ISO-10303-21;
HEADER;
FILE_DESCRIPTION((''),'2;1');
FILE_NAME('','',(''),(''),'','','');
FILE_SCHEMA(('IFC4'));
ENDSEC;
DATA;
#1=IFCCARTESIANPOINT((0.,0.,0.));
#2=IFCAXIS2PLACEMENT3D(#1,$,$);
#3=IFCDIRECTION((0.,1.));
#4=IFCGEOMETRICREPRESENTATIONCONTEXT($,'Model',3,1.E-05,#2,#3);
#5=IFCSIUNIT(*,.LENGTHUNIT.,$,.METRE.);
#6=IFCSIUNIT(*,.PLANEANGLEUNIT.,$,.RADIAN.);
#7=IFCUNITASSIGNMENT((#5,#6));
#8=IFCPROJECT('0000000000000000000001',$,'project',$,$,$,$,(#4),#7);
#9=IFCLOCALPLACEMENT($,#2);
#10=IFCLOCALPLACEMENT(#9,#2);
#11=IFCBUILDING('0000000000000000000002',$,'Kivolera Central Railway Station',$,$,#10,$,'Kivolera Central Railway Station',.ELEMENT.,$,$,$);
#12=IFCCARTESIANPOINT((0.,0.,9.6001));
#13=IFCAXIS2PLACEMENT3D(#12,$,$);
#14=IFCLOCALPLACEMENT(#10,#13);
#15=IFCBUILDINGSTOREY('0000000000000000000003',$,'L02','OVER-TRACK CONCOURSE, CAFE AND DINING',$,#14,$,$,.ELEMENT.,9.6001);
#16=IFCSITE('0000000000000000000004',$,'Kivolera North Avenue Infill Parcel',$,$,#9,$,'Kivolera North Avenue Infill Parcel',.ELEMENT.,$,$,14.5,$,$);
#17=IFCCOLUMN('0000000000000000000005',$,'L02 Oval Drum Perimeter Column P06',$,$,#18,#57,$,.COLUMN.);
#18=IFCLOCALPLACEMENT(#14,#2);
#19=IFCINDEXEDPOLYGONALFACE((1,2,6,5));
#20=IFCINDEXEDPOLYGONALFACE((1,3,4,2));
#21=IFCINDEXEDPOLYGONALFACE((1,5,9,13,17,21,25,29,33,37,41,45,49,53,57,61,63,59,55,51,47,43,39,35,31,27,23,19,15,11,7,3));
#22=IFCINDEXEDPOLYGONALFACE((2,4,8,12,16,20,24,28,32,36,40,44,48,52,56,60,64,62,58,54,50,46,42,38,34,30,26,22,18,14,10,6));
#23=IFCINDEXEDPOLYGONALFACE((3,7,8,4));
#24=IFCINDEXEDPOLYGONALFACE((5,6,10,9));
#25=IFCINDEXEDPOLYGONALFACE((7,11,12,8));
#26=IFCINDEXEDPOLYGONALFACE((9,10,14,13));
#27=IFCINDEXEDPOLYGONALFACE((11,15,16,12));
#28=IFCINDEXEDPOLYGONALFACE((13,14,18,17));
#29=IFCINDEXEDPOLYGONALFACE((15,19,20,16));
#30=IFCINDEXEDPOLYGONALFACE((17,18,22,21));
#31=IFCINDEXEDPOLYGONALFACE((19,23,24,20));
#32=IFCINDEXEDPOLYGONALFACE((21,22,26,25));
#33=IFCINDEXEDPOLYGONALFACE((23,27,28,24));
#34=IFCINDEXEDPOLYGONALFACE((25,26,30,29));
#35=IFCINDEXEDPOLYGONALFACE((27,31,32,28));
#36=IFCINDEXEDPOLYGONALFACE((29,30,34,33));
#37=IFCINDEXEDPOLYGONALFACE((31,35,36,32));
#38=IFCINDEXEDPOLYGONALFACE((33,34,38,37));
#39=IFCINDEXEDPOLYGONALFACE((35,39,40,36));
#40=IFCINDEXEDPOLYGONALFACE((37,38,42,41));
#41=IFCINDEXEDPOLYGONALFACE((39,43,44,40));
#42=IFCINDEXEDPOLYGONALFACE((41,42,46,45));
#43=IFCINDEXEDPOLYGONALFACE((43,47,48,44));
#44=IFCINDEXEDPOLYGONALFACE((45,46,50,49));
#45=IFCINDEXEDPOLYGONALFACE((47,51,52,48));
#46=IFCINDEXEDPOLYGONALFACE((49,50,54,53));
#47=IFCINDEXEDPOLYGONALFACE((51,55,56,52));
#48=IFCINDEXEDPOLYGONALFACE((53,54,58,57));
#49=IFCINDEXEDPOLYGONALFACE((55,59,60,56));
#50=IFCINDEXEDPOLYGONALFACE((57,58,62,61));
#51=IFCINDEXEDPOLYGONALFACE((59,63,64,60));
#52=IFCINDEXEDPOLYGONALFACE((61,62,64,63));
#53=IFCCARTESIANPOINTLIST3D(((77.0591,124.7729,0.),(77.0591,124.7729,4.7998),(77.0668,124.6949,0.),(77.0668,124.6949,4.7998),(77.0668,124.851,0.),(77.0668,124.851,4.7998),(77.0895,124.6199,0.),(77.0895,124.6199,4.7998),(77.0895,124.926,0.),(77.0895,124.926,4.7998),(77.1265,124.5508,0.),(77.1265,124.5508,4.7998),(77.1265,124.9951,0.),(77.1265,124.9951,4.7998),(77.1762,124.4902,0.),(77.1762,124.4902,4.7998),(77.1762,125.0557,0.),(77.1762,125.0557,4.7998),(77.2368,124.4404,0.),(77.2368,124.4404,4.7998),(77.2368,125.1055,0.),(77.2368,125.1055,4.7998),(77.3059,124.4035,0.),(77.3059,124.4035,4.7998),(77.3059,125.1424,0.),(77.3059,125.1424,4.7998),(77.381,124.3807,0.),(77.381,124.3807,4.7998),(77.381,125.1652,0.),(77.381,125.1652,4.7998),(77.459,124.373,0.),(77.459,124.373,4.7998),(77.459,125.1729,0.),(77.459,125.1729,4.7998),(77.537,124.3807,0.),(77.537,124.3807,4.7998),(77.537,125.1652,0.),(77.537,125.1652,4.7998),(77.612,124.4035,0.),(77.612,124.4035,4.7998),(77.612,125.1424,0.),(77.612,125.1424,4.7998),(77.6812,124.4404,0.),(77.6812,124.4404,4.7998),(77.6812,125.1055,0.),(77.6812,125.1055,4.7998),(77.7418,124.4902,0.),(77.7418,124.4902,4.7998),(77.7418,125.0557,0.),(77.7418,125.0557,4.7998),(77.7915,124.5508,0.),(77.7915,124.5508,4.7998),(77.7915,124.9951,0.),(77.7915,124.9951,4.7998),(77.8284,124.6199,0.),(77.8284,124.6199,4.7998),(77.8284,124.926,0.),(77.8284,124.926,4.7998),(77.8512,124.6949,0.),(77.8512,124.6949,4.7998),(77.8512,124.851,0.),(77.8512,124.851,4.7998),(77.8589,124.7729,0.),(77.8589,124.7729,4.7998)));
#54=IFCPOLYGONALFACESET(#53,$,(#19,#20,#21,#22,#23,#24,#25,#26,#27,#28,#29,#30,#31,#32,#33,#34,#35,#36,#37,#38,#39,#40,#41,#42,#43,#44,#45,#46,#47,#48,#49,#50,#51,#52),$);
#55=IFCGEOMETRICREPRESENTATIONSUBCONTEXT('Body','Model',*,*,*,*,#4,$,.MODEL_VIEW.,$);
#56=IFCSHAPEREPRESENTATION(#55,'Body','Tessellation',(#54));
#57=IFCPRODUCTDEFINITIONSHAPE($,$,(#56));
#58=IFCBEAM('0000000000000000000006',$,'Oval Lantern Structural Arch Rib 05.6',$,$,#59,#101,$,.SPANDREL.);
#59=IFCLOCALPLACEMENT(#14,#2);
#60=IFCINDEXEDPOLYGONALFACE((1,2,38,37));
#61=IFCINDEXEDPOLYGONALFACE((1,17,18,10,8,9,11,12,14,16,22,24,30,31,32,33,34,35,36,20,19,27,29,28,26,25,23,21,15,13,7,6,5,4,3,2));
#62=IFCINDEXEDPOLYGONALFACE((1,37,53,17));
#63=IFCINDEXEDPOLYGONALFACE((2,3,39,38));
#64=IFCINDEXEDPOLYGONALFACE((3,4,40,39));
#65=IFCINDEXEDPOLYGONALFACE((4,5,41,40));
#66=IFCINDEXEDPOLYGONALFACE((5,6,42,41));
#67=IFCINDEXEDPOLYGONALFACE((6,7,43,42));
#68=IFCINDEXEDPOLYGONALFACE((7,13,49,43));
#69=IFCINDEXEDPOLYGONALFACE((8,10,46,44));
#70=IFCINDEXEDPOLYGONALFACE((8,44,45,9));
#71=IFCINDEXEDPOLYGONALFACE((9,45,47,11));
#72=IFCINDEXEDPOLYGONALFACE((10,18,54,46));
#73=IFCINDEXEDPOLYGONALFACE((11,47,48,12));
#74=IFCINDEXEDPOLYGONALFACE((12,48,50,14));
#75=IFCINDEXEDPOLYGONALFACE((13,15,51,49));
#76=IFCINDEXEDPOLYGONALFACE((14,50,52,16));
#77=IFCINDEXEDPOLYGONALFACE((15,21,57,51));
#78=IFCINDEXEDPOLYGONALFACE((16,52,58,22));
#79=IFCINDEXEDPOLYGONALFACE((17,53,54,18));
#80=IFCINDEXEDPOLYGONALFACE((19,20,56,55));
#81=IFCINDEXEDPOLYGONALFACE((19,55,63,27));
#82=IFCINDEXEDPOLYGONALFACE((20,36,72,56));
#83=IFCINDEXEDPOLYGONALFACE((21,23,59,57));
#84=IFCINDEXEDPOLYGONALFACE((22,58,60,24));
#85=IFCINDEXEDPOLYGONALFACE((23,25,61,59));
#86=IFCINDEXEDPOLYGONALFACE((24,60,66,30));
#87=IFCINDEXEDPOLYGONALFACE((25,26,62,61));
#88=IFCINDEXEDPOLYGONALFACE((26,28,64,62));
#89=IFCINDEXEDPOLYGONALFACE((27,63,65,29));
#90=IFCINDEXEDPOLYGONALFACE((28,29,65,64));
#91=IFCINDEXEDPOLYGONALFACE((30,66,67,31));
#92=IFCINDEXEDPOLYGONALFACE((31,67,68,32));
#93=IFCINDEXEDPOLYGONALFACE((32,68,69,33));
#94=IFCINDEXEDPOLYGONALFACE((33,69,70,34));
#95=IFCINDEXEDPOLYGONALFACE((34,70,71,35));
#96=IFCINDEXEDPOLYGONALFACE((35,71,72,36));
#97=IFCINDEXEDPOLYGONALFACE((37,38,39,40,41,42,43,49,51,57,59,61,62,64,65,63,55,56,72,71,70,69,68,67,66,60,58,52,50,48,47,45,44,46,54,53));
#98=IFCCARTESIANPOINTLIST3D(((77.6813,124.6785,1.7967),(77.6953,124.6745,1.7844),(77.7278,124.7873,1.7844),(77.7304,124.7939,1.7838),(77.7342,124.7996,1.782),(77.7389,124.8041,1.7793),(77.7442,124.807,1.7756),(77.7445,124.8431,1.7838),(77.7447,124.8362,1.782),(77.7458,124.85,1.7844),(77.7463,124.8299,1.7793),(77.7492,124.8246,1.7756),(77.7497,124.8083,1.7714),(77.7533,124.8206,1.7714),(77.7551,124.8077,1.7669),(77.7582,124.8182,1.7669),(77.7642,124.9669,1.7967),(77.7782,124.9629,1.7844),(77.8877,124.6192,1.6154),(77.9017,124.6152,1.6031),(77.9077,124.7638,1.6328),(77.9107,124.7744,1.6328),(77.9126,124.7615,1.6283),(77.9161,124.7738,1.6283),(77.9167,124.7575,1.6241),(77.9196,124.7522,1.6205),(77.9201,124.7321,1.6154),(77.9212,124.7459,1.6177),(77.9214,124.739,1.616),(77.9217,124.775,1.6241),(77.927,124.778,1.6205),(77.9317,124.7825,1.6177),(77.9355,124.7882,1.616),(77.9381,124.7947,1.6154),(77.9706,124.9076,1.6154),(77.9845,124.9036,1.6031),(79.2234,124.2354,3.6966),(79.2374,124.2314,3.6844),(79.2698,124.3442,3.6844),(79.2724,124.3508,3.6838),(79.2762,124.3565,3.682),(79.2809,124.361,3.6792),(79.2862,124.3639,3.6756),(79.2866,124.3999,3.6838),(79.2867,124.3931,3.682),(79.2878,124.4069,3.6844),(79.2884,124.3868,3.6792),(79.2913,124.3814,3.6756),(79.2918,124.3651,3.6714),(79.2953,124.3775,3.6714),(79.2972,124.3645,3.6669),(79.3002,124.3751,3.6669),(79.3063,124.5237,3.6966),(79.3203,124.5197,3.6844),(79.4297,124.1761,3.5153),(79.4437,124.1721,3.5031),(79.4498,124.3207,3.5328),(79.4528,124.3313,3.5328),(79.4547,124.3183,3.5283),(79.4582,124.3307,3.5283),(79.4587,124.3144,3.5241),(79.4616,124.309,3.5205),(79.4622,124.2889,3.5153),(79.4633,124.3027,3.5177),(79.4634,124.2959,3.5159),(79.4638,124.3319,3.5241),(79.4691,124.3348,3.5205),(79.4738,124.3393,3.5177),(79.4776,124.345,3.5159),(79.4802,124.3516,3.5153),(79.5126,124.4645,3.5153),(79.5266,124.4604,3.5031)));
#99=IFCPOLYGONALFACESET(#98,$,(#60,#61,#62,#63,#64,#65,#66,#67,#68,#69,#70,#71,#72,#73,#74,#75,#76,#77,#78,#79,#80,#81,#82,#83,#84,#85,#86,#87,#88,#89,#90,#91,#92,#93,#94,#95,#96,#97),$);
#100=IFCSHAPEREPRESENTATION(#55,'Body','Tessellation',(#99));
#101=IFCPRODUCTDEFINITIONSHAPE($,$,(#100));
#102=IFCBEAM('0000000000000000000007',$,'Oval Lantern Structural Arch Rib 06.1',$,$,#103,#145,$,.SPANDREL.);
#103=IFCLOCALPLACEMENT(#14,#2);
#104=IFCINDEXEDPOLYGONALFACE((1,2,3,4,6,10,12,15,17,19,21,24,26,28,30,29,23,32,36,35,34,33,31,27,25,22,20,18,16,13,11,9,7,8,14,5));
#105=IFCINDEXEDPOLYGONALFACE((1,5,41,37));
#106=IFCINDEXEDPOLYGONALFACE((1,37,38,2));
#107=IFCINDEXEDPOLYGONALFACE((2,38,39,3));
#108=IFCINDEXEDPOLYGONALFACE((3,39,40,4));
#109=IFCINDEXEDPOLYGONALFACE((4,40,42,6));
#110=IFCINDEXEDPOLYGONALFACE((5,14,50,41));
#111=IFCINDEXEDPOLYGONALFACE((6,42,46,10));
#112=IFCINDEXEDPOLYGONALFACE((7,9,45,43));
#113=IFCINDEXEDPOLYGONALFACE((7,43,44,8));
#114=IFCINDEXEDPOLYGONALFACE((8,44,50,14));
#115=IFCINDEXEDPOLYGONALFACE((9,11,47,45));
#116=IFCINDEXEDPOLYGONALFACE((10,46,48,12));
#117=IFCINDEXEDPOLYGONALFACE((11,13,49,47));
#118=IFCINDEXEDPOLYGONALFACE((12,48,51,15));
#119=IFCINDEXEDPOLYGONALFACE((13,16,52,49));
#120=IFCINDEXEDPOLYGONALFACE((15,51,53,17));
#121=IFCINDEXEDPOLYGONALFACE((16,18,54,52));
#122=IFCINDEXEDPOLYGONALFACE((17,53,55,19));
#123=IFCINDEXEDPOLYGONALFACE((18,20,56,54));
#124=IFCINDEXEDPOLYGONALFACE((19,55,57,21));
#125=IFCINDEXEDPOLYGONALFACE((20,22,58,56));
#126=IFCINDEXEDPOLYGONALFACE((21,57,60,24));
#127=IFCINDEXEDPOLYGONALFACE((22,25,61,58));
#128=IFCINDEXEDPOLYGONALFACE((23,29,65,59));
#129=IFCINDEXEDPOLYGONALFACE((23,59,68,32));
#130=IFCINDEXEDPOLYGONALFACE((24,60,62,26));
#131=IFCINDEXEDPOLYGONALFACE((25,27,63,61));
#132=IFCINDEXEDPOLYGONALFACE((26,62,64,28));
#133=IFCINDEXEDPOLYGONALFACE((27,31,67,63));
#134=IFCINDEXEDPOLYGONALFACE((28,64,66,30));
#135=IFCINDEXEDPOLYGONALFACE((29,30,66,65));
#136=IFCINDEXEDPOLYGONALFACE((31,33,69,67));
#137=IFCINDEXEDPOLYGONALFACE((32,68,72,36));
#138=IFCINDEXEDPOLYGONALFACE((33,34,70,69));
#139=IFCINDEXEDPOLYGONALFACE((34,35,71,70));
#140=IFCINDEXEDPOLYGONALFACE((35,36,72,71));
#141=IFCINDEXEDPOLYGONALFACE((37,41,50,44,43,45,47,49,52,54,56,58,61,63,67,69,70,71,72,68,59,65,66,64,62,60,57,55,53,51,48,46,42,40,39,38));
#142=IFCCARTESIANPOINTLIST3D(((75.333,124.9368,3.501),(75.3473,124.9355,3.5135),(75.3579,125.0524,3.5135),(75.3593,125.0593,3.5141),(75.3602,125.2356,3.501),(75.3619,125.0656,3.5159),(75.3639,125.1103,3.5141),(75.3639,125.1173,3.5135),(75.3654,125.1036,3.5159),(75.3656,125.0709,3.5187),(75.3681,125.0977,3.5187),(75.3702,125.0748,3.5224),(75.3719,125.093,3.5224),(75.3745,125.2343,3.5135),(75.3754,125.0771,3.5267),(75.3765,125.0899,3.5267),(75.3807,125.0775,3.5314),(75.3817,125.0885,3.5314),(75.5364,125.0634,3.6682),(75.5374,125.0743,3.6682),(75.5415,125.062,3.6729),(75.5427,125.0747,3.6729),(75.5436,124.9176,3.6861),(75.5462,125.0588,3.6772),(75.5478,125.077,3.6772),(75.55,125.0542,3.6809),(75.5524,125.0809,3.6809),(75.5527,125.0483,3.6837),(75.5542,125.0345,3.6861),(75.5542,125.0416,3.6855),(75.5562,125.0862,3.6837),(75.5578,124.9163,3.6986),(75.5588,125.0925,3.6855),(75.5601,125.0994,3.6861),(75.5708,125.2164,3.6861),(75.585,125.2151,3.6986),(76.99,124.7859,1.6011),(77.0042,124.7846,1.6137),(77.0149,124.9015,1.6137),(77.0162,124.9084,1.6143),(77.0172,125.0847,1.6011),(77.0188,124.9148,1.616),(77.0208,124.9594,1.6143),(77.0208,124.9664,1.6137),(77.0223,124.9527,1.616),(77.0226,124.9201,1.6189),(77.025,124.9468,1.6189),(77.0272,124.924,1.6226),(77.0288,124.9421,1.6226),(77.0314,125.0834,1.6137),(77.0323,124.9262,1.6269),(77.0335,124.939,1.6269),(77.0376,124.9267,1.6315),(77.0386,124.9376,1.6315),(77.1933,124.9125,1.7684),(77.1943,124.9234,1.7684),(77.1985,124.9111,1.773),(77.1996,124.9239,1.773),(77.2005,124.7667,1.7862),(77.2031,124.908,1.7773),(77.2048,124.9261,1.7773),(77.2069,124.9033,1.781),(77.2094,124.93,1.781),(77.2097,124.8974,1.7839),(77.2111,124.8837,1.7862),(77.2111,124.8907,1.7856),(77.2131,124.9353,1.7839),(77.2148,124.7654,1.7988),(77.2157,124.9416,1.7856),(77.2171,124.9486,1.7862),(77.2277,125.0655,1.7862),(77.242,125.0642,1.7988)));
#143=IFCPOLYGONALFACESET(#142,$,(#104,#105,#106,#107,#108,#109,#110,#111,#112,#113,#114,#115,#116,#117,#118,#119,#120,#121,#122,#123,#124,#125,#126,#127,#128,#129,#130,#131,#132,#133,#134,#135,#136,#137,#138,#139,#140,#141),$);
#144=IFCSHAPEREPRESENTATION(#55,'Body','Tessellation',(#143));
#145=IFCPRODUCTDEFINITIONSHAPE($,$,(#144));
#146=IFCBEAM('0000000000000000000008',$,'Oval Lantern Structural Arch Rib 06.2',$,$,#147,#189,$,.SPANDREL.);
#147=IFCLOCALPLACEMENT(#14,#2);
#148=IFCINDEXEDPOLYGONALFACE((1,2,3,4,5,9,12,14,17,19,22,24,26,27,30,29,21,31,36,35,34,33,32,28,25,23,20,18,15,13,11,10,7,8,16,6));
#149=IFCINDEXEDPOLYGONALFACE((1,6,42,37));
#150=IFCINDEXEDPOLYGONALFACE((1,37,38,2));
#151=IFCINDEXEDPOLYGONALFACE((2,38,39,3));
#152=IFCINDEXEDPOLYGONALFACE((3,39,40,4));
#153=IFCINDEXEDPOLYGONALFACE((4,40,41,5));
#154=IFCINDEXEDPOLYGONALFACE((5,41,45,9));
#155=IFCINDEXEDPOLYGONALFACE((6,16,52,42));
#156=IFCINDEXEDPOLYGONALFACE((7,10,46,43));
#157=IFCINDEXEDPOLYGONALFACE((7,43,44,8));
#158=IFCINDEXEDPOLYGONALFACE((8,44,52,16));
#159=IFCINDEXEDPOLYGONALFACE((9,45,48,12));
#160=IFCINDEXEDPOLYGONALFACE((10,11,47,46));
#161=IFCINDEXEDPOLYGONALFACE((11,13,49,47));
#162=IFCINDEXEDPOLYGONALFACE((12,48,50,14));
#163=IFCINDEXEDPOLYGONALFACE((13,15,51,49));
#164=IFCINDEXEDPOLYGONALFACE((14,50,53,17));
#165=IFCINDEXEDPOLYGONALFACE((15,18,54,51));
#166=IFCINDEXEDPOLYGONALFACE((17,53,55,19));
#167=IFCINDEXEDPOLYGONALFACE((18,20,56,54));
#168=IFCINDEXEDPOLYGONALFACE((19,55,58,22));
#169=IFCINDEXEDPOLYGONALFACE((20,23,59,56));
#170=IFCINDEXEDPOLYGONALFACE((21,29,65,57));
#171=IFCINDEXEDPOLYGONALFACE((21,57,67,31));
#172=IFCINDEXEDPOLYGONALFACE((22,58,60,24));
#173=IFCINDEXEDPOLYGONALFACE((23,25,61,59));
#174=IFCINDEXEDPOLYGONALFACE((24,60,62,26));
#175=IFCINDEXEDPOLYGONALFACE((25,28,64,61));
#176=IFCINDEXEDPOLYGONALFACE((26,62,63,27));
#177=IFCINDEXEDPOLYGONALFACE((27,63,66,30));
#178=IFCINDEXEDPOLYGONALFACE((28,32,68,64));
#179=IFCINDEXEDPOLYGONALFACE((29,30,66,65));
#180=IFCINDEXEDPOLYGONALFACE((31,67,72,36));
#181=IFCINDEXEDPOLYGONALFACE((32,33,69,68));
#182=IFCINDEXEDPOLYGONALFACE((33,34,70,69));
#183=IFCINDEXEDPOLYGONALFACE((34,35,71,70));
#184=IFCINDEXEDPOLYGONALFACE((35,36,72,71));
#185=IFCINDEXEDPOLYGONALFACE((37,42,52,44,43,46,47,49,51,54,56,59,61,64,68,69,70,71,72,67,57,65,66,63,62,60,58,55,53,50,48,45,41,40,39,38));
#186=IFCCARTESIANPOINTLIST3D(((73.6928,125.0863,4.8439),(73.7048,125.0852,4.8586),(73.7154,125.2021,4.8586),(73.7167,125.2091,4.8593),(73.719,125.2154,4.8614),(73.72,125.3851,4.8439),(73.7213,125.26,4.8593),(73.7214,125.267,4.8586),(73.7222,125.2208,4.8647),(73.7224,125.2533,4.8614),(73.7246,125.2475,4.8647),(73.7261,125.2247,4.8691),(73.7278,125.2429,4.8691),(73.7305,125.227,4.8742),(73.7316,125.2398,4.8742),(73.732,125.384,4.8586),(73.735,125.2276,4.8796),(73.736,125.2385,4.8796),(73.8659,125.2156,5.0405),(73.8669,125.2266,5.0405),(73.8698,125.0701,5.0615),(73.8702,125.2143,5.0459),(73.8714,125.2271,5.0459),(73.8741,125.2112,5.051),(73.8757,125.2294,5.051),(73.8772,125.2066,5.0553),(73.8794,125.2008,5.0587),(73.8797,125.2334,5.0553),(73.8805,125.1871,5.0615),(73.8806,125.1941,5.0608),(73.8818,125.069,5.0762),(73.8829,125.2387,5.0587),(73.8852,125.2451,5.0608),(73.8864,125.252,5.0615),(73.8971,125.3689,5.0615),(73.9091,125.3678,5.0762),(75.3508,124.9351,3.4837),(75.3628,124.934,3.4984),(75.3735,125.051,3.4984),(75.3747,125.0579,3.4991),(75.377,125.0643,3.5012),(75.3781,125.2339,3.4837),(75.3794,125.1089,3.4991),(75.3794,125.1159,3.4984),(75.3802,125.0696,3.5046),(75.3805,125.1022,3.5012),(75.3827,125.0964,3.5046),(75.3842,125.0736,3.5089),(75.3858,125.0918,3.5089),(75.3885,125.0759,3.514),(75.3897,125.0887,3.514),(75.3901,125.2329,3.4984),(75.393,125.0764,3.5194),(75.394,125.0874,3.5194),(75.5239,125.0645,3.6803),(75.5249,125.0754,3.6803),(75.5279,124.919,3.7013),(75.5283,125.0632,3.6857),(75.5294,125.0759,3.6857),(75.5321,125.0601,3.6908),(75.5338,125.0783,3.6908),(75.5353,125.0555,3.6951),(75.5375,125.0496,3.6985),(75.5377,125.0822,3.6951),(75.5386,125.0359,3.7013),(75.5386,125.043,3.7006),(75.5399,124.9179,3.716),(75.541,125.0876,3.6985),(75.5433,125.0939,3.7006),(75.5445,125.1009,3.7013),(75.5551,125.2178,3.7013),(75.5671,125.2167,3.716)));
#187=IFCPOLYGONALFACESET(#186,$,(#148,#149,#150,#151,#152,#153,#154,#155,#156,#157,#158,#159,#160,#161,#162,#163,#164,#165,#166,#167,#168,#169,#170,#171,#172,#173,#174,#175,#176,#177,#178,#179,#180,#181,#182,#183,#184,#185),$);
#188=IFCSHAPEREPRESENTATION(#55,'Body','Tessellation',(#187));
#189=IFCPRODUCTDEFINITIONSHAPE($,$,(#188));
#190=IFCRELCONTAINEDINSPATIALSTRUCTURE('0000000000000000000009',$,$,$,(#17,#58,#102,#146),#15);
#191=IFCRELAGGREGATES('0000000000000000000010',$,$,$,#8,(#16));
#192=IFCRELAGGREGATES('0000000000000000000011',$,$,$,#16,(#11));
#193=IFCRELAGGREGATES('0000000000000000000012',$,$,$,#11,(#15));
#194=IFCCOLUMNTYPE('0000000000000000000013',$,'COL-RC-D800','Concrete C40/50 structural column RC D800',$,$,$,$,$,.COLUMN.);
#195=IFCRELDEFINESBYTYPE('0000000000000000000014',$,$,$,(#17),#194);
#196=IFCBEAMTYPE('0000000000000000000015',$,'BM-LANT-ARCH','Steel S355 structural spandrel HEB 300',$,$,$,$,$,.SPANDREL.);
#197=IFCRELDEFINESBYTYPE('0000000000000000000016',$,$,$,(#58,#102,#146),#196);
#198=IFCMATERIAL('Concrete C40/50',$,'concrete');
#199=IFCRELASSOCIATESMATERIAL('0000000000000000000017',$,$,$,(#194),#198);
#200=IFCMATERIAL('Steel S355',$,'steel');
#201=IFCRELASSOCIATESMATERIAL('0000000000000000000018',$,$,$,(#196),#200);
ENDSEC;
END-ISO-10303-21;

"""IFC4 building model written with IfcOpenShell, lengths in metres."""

from ifc_helpers import new_model, si_unit, direction, frame, origin, origin_2d, place, context, subcontext, project, spatial, circle, i_section, extrude, material, material_profile, profile_set, type_object, element, save


model = new_model("IFC4")

# Units and contexts
model_context = context("Model", 3, precision=1e-05, world=origin(), true_north=direction((0.0, 1.0)))
body_context = subcontext(model_context, "Body", "Model", "MODEL_VIEW")
ifc_project = project(units=[si_unit("LENGTHUNIT", "METRE"), si_unit("PLANEANGLEUNIT", "RADIAN")], contexts=[model_context])

# Site, building, storey
site_placement = place(None, origin())
site = spatial("IfcSite", under=ifc_project, at=site_placement, Name="Kivolera North Avenue Infill Parcel", LongName="Kivolera North Avenue Infill Parcel", CompositionType="ELEMENT", RefElevation=14.5)
building_placement = place(site_placement, origin())
building = spatial("IfcBuilding", under=site, at=building_placement, Name="Kivolera Central Railway Station", LongName="Kivolera Central Railway Station", CompositionType="ELEMENT")
storey_placement = place(building_placement, frame((0.0, 0.0, 9.6001)))
storey = spatial("IfcBuildingStorey", under=building, at=storey_placement, Name="L02", Description="OVER-TRACK CONCOURSE, CAFE AND DINING", CompositionType="ELEMENT", Elevation=9.6001)

# Column
ifc_material_1 = material(Name="Concrete C40/50", Category="concrete")
ifc_material_profile_1 = material_profile(ifc_material_1, circle(Radius=0.3999, at=origin_2d()), Name="RC D800")
ifc_profile_set_1 = profile_set([ifc_material_profile_1], Name="Concrete C40/50")
column_type = type_object("IfcColumnType", Name="COL-RC-D800", Description="Concrete C40/50 structural column RC D800", PredefinedType="COLUMN", material=ifc_profile_set_1)
column_placement = place(storey_placement, frame((77.459, 124.7729, 0.0), z_axis=(0.0, 0.0, 1.0), x_axis=(1.0, 0.0, 0.0)))
element("IfcColumn", 1, at=column_placement, inside=storey, type_object=column_type, Name="L02 Oval Drum Perimeter Column P06", PredefinedType="COLUMN", context=body_context, shape_type="SweptSolid", body=[
    extrude(circle(Radius=0.3999, at=origin_2d()), origin(), (0.0, 0.0, 1.0), 4.7998),
])

# Beams
ifc_material_2 = material(Name="Steel S355", Category="steel")
ifc_material_profile_2 = material_profile(ifc_material_2, i_section(OverallWidth=0.3, OverallDepth=0.3, WebThickness=0.011, FlangeThickness=0.019, FilletRadius=0.0271, at=origin_2d()), Name="HEB 300")
ifc_profile_set_2 = profile_set([ifc_material_profile_2], Name="Steel S355")
beam_type = type_object("IfcBeamType", Name="BM-LANT-ARCH", Description="Steel S355 structural spandrel HEB 300", PredefinedType="SPANDREL", material=ifc_profile_set_2)
beam_1_placement = place(storey_placement, frame((79.375, 124.3479, 3.5999), z_axis=(-0.620094, 0.178193, -0.764023), x_axis=(-0.276188, -0.961104, 0.0)))
element("IfcBeam", 2, at=beam_1_placement, inside=storey, type_object=beam_type, Name="Oval Lantern Structural Arch Rib 05.6", PredefinedType="SPANDREL", context=body_context, shape_type="SweptSolid", body=[
    extrude(i_section(OverallWidth=0.3, OverallDepth=0.3, WebThickness=0.011, FlangeThickness=0.019, FilletRadius=0.0271, at=origin_2d()), origin(), (0.0, 0.0, 1.0), 2.4868),
])
beam_2_placement = place(storey_placement, frame((77.116, 124.925, 1.7), z_axis=(-0.656109, 0.059743, 0.752297), x_axis=(-0.090681, -0.99588, 0.0)))
element("IfcBeam", 3, at=beam_2_placement, inside=storey, type_object=beam_type, Name="Oval Lantern Structural Arch Rib 06.1", PredefinedType="SPANDREL", context=body_context, shape_type="SweptSolid", body=[
    extrude(i_section(OverallWidth=0.3, OverallDepth=0.3, WebThickness=0.011, FlangeThickness=0.019, FilletRadius=0.0271, at=origin_2d()), origin(), (0.0, 0.0, 1.0), 2.5254),
])
beam_3_placement = place(storey_placement, frame((75.459, 125.0759, 3.5999), z_axis=(-0.771222, 0.070297, 0.632673), x_axis=(-0.090774, -0.995872, 0.0)))
element("IfcBeam", 4, at=beam_3_placement, inside=storey, type_object=beam_type, Name="Oval Lantern Structural Arch Rib 06.2", PredefinedType="SPANDREL", context=body_context, shape_type="SweptSolid", body=[
    extrude(i_section(OverallWidth=0.3, OverallDepth=0.3, WebThickness=0.011, FlangeThickness=0.019, FilletRadius=0.0271, at=origin_2d()), origin(), (0.0, 0.0, 1.0), 2.1499),
])

save(model, "model.ifc")
